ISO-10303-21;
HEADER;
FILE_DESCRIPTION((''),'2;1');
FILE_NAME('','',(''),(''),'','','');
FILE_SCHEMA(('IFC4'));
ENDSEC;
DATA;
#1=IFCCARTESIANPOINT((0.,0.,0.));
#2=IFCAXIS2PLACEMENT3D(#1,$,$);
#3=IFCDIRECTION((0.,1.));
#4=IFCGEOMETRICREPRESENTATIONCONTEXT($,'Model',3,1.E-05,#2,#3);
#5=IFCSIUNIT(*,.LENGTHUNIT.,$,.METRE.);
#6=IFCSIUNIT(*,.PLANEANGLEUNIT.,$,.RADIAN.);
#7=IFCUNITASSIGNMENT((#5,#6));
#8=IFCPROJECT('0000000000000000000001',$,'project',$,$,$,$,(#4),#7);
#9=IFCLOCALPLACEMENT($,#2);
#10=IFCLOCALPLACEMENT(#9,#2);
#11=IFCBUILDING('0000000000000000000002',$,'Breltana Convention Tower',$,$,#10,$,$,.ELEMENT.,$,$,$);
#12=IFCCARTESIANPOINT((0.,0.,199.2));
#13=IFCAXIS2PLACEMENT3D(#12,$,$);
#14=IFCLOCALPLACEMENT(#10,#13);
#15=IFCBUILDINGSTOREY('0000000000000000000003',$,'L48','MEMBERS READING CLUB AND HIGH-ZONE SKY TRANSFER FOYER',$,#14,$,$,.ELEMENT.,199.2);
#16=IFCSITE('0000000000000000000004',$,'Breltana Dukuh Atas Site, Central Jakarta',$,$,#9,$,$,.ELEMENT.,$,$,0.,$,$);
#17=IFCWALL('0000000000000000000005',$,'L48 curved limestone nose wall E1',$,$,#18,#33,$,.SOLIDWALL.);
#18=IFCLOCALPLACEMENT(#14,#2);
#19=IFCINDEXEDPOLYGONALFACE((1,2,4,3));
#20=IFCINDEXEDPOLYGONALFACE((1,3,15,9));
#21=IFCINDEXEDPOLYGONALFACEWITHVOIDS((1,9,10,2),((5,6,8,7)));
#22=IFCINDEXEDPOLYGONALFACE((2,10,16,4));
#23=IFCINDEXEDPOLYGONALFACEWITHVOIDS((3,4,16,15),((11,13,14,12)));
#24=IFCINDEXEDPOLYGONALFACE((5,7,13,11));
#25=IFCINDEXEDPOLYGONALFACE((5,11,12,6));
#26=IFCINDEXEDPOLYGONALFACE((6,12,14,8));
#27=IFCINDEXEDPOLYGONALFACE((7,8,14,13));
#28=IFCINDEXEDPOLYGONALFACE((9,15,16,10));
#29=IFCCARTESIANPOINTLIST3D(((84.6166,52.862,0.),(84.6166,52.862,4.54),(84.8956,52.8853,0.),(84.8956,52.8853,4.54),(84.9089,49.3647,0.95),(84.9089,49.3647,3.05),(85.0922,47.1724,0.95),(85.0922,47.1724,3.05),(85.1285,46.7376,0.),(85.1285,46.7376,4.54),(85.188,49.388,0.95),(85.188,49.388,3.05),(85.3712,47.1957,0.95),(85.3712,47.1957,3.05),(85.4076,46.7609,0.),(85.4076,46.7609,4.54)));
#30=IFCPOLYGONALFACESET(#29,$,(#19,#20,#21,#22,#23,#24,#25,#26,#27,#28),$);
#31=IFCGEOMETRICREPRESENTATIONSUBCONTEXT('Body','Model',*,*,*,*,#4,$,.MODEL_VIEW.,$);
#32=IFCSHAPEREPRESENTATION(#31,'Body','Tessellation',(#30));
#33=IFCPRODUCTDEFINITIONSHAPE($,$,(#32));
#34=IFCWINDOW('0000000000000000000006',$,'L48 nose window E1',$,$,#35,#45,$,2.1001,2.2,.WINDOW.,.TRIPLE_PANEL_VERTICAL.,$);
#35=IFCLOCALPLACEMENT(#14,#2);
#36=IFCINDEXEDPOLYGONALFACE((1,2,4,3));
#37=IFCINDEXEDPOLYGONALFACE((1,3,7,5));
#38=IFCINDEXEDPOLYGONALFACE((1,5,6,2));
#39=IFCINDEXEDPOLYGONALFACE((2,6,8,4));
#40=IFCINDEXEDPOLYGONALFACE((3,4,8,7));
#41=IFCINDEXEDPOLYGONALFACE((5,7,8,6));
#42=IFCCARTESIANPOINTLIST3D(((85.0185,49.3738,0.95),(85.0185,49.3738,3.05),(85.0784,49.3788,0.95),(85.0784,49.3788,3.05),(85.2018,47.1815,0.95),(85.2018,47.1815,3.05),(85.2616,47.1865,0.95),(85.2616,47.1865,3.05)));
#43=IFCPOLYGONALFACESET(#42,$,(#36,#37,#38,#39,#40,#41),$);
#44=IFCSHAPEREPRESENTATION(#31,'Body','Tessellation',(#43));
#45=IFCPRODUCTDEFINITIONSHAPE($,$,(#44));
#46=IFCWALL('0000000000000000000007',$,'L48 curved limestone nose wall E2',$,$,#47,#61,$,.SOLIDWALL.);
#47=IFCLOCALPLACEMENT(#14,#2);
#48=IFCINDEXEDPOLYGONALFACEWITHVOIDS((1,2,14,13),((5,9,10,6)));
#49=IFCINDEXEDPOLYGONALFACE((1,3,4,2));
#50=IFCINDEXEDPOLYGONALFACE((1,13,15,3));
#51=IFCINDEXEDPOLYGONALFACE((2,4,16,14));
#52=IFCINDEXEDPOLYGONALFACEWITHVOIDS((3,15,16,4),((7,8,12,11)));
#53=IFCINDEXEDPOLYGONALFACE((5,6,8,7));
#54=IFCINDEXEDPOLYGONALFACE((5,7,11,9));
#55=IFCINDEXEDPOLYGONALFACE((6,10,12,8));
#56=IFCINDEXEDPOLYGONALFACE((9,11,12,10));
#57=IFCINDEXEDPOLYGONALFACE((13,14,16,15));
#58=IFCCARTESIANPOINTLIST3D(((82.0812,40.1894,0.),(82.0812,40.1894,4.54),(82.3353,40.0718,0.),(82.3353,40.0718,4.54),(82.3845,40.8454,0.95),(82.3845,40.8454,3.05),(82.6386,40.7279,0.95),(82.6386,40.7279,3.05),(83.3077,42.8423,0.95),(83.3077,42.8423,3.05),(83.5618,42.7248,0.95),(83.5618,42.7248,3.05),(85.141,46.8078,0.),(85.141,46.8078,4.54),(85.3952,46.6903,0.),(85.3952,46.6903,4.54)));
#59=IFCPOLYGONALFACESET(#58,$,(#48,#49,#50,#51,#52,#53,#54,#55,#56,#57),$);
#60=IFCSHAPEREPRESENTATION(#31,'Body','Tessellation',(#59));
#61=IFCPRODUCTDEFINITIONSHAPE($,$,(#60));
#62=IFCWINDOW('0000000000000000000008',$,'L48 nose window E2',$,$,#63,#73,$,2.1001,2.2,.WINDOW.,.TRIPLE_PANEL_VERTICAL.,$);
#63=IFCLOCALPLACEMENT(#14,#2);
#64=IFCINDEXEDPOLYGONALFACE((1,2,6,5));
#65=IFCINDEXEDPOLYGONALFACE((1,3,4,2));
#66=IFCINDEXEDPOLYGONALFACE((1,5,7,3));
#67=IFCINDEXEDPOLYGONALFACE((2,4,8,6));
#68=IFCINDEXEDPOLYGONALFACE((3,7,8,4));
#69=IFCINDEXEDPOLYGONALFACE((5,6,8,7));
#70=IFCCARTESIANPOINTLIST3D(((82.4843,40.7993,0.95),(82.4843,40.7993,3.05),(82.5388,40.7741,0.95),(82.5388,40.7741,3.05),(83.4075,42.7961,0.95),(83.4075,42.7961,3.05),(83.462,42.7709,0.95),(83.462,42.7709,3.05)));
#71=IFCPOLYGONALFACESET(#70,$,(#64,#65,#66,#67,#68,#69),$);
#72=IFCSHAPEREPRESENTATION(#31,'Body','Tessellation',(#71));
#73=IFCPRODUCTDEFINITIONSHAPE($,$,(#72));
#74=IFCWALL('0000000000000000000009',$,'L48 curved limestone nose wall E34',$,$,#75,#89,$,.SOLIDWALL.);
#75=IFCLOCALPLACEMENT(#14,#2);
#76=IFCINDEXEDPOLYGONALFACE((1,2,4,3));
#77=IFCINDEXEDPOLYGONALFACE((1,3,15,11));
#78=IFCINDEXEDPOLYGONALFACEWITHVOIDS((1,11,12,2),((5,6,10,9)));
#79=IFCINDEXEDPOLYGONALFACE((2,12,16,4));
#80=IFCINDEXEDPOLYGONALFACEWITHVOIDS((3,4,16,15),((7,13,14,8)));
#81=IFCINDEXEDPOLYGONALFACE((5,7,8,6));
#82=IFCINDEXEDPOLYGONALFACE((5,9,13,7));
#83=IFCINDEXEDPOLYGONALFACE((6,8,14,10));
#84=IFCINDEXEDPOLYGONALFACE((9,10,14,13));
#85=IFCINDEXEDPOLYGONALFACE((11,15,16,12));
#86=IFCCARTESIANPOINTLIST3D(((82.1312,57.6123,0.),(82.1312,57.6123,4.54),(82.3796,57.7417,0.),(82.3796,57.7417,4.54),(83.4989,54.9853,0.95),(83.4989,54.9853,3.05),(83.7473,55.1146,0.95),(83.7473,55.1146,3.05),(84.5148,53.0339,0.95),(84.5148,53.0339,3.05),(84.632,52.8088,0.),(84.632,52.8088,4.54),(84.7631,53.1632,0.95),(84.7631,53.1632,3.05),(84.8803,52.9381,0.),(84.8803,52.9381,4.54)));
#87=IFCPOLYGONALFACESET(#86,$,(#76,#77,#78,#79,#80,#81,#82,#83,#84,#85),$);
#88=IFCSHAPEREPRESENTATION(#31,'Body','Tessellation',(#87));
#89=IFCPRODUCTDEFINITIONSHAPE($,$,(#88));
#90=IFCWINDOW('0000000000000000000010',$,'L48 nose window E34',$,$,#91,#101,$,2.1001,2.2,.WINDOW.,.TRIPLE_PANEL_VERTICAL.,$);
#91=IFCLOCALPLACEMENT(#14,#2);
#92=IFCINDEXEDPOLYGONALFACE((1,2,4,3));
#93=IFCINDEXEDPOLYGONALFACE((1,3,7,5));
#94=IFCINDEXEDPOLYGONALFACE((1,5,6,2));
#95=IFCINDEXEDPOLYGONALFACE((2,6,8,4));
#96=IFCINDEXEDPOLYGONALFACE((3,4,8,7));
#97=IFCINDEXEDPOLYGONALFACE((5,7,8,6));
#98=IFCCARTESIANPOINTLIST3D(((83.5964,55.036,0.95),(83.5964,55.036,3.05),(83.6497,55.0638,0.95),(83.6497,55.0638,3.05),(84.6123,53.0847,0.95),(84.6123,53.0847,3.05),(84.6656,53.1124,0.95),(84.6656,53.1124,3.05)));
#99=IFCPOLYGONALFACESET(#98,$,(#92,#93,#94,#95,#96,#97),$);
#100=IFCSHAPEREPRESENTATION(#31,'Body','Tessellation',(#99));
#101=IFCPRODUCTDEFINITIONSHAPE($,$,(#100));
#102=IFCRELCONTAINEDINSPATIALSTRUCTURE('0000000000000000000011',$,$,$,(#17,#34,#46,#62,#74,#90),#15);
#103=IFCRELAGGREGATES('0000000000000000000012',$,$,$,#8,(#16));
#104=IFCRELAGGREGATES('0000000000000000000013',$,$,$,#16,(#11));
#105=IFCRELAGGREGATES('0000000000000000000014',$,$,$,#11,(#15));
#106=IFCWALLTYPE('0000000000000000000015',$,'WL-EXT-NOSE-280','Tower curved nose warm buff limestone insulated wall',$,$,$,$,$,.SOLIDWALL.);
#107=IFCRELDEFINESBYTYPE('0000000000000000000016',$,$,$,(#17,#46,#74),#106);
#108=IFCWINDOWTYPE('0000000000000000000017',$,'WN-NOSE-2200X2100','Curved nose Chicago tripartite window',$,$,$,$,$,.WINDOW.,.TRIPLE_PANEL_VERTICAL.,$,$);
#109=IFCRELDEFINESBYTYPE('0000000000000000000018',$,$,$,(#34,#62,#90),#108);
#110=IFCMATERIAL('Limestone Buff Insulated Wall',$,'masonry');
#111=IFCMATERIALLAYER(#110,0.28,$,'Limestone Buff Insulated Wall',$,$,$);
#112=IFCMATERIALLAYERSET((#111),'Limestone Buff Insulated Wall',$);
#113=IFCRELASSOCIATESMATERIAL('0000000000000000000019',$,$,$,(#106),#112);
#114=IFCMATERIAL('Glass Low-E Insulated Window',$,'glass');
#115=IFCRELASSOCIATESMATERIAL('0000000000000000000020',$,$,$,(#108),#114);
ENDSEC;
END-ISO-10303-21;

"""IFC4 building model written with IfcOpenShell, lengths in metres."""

from ifc_helpers import new_model, si_unit, direction, frame, frame_2d, origin, place, context, subcontext, project, spatial, rectangle, extrude, source, transform, mapped, material, layer, layer_set, type_object, type_shapes, element, fill, save


model = new_model("IFC4")

# Units and contexts
model_context = context("Model", 3, precision=1e-05, world=origin(), true_north=direction((0.0, 1.0)))
body_context = subcontext(model_context, "Body", "Model", "MODEL_VIEW")
ifc_project = project(units=[si_unit("LENGTHUNIT", "METRE"), si_unit("PLANEANGLEUNIT", "RADIAN")], contexts=[model_context])

# Site, building, storey
site_placement = place(None, origin())
site = spatial("IfcSite", under=ifc_project, at=site_placement, Name="Breltana Dukuh Atas Site, Central Jakarta", CompositionType="ELEMENT", RefElevation=0.0)
building_placement = place(site_placement, origin())
building = spatial("IfcBuilding", under=site, at=building_placement, Name="Breltana Convention Tower", CompositionType="ELEMENT")
storey_placement = place(building_placement, frame((0.0, 0.0, 199.2)))
storey = spatial("IfcBuildingStorey", under=building, at=storey_placement, Name="L48", Description="MEMBERS READING CLUB AND HIGH-ZONE SKY TRANSFER FOYER", CompositionType="ELEMENT", Elevation=199.2)

# Walls, openings, windows
ifc_material_1 = material(Name="Limestone Buff Insulated Wall", Category="masonry")
ifc_layer_1 = layer(ifc_material_1, 0.28, Name="Limestone Buff Insulated Wall")
ifc_layer_set_1 = layer_set([ifc_layer_1], Name="Limestone Buff Insulated Wall")
wall_type = type_object("IfcWallType", Name="WL-EXT-NOSE-280", Description="Tower curved nose warm buff limestone insulated wall", PredefinedType="SOLIDWALL", material=ifc_layer_set_1)
shared_shape_1 = source(origin(), body_context, "Body", "SweptSolid", [
    extrude(rectangle(XDim=6.1458, YDim=0.28, at=frame_2d((3.0728, 0.0))), origin(), (0.0, 0.0, 1.0), 4.54),
])
wall_1_placement = place(storey_placement, frame((84.7561, 52.8735, 0.0), z_axis=(0.0, 0.0, 1.0), x_axis=(0.083302, -0.996524, 0.0)))
wall_1 = element("IfcWall", 1, at=wall_1_placement, inside=storey, type_object=wall_type, Name="L48 curved limestone nose wall E1", PredefinedType="SOLIDWALL", context=body_context, shape_type="MappedRepresentation", body=[
    mapped(shared_shape_1, transform((0.0, 0.0, 0.0), scale=1.0)),
])
opening_1_placement = place(wall_1_placement, frame((3.5093, 0.0, 0.95)))
opening_1 = element("IfcOpeningElement", 2, at=opening_1_placement, cuts=wall_1, PredefinedType="OPENING", context=body_context, shape_type="SweptSolid", body=[
    extrude(rectangle(XDim=2.2, YDim=2.1001, at=frame_2d((1.1001, 1.05))), frame((0.0, 0.1499, 0.0), z_axis=(0.0, -1.0, 0.0), x_axis=(1.0, 0.0, 0.0)), (0.0, 0.0, 1.0), 0.3),
])
ifc_material_2 = material(Name="Glass Low-E Insulated Window", Category="glass")
window_type = type_object("IfcWindowType", Name="WN-NOSE-2200X2100", Description="Curved nose Chicago tripartite window", PartitioningType="TRIPLE_PANEL_VERTICAL", PredefinedType="WINDOW", material=ifc_material_2)
shared_shape_2 = source(origin(), body_context, "Body", "SweptSolid", [
    extrude(rectangle(XDim=2.2, YDim=2.1001, at=frame_2d((1.1001, 1.05))), frame((0.0, 0.03, 0.0), z_axis=(0.0, -1.0, 0.0), x_axis=(1.0, 0.0, 0.0)), (0.0, 0.0, 1.0), 0.0601),
])
type_shapes(window_type, [shared_shape_2])
window_1_placement = place(opening_1_placement, origin())
window_1 = element("IfcWindow", 3, at=window_1_placement, inside=storey, type_object=window_type, Name="L48 nose window E1", OverallHeight=2.1001, OverallWidth=2.2, PartitioningType="TRIPLE_PANEL_VERTICAL", PredefinedType="WINDOW", context=body_context, shape_type="MappedRepresentation", body=[
    mapped(shared_shape_2, transform((0.0, 0.0, 0.0), scale=1.0)),
])
fill(opening_1, window_1)
shared_shape_3 = source(origin(), body_context, "Body", "SweptSolid", [
    extrude(rectangle(XDim=7.2915, YDim=0.28, at=frame_2d((3.6458, 0.0))), origin(), (0.0, 0.0, 1.0), 4.54),
])
wall_2_placement = place(storey_placement, frame((85.2681, 46.749, 0.0), z_axis=(0.0, 0.0, 1.0), x_axis=(-0.419642, -0.90769, 0.0)))
wall_2 = element("IfcWall", 4, at=wall_2_placement, inside=storey, type_object=wall_type, Name="L48 curved limestone nose wall E2", PredefinedType="SOLIDWALL", context=body_context, shape_type="MappedRepresentation", body=[
    mapped(shared_shape_3, transform((0.0, 0.0, 0.0), scale=1.0)),
])
opening_2_placement = place(wall_2_placement, frame((4.3687, 0.0, 0.95)))
opening_2 = element("IfcOpeningElement", 5, at=opening_2_placement, cuts=wall_2, PredefinedType="OPENING", context=body_context, shape_type="SweptSolid", body=[
    extrude(rectangle(XDim=2.2, YDim=2.1001, at=frame_2d((1.1001, 1.05))), frame((0.0, 0.1499, 0.0), z_axis=(0.0, -1.0, 0.0), x_axis=(1.0, 0.0, 0.0)), (0.0, 0.0, 1.0), 0.3),
])
window_2_placement = place(opening_2_placement, origin())
window_2 = element("IfcWindow", 6, at=window_2_placement, inside=storey, type_object=window_type, Name="L48 nose window E2", OverallHeight=2.1001, OverallWidth=2.2, PartitioningType="TRIPLE_PANEL_VERTICAL", PredefinedType="WINDOW", context=body_context, shape_type="MappedRepresentation", body=[
    mapped(shared_shape_2, transform((0.0, 0.0, 0.0), scale=1.0)),
])
fill(opening_2, window_2)
shared_shape_4 = source(origin(), body_context, "Body", "SweptSolid", [
    extrude(rectangle(XDim=5.4155, YDim=0.28, at=frame_2d((2.7078, 0.0))), origin(), (0.0, 0.0, 1.0), 4.54),
])
wall_3_placement = place(storey_placement, frame((82.2554, 57.677, 0.0), z_axis=(0.0, 0.0, 1.0), x_axis=(0.461779, -0.886995, 0.0)))
wall_3 = element("IfcWall", 7, at=wall_3_placement, inside=storey, type_object=wall_type, Name="L48 curved limestone nose wall E34", PredefinedType="SOLIDWALL", context=body_context, shape_type="MappedRepresentation", body=[
    mapped(shared_shape_4, transform((0.0, 0.0, 0.0), scale=1.0)),
])
opening_3_placement = place(wall_3_placement, frame((2.9617, 0.0, 0.95)))
opening_3 = element("IfcOpeningElement", 8, at=opening_3_placement, cuts=wall_3, PredefinedType="OPENING", context=body_context, shape_type="SweptSolid", body=[
    extrude(rectangle(XDim=2.2, YDim=2.1001, at=frame_2d((1.1001, 1.05))), frame((0.0, 0.1499, 0.0), z_axis=(0.0, -1.0, 0.0), x_axis=(1.0, 0.0, 0.0)), (0.0, 0.0, 1.0), 0.3),
])
window_3_placement = place(opening_3_placement, origin())
window_3 = element("IfcWindow", 9, at=window_3_placement, inside=storey, type_object=window_type, Name="L48 nose window E34", OverallHeight=2.1001, OverallWidth=2.2, PartitioningType="TRIPLE_PANEL_VERTICAL", PredefinedType="WINDOW", context=body_context, shape_type="MappedRepresentation", body=[
    mapped(shared_shape_2, transform((0.0, 0.0, 0.0), scale=1.0)),
])
fill(opening_3, window_3)

save(model, "model.ifc")
